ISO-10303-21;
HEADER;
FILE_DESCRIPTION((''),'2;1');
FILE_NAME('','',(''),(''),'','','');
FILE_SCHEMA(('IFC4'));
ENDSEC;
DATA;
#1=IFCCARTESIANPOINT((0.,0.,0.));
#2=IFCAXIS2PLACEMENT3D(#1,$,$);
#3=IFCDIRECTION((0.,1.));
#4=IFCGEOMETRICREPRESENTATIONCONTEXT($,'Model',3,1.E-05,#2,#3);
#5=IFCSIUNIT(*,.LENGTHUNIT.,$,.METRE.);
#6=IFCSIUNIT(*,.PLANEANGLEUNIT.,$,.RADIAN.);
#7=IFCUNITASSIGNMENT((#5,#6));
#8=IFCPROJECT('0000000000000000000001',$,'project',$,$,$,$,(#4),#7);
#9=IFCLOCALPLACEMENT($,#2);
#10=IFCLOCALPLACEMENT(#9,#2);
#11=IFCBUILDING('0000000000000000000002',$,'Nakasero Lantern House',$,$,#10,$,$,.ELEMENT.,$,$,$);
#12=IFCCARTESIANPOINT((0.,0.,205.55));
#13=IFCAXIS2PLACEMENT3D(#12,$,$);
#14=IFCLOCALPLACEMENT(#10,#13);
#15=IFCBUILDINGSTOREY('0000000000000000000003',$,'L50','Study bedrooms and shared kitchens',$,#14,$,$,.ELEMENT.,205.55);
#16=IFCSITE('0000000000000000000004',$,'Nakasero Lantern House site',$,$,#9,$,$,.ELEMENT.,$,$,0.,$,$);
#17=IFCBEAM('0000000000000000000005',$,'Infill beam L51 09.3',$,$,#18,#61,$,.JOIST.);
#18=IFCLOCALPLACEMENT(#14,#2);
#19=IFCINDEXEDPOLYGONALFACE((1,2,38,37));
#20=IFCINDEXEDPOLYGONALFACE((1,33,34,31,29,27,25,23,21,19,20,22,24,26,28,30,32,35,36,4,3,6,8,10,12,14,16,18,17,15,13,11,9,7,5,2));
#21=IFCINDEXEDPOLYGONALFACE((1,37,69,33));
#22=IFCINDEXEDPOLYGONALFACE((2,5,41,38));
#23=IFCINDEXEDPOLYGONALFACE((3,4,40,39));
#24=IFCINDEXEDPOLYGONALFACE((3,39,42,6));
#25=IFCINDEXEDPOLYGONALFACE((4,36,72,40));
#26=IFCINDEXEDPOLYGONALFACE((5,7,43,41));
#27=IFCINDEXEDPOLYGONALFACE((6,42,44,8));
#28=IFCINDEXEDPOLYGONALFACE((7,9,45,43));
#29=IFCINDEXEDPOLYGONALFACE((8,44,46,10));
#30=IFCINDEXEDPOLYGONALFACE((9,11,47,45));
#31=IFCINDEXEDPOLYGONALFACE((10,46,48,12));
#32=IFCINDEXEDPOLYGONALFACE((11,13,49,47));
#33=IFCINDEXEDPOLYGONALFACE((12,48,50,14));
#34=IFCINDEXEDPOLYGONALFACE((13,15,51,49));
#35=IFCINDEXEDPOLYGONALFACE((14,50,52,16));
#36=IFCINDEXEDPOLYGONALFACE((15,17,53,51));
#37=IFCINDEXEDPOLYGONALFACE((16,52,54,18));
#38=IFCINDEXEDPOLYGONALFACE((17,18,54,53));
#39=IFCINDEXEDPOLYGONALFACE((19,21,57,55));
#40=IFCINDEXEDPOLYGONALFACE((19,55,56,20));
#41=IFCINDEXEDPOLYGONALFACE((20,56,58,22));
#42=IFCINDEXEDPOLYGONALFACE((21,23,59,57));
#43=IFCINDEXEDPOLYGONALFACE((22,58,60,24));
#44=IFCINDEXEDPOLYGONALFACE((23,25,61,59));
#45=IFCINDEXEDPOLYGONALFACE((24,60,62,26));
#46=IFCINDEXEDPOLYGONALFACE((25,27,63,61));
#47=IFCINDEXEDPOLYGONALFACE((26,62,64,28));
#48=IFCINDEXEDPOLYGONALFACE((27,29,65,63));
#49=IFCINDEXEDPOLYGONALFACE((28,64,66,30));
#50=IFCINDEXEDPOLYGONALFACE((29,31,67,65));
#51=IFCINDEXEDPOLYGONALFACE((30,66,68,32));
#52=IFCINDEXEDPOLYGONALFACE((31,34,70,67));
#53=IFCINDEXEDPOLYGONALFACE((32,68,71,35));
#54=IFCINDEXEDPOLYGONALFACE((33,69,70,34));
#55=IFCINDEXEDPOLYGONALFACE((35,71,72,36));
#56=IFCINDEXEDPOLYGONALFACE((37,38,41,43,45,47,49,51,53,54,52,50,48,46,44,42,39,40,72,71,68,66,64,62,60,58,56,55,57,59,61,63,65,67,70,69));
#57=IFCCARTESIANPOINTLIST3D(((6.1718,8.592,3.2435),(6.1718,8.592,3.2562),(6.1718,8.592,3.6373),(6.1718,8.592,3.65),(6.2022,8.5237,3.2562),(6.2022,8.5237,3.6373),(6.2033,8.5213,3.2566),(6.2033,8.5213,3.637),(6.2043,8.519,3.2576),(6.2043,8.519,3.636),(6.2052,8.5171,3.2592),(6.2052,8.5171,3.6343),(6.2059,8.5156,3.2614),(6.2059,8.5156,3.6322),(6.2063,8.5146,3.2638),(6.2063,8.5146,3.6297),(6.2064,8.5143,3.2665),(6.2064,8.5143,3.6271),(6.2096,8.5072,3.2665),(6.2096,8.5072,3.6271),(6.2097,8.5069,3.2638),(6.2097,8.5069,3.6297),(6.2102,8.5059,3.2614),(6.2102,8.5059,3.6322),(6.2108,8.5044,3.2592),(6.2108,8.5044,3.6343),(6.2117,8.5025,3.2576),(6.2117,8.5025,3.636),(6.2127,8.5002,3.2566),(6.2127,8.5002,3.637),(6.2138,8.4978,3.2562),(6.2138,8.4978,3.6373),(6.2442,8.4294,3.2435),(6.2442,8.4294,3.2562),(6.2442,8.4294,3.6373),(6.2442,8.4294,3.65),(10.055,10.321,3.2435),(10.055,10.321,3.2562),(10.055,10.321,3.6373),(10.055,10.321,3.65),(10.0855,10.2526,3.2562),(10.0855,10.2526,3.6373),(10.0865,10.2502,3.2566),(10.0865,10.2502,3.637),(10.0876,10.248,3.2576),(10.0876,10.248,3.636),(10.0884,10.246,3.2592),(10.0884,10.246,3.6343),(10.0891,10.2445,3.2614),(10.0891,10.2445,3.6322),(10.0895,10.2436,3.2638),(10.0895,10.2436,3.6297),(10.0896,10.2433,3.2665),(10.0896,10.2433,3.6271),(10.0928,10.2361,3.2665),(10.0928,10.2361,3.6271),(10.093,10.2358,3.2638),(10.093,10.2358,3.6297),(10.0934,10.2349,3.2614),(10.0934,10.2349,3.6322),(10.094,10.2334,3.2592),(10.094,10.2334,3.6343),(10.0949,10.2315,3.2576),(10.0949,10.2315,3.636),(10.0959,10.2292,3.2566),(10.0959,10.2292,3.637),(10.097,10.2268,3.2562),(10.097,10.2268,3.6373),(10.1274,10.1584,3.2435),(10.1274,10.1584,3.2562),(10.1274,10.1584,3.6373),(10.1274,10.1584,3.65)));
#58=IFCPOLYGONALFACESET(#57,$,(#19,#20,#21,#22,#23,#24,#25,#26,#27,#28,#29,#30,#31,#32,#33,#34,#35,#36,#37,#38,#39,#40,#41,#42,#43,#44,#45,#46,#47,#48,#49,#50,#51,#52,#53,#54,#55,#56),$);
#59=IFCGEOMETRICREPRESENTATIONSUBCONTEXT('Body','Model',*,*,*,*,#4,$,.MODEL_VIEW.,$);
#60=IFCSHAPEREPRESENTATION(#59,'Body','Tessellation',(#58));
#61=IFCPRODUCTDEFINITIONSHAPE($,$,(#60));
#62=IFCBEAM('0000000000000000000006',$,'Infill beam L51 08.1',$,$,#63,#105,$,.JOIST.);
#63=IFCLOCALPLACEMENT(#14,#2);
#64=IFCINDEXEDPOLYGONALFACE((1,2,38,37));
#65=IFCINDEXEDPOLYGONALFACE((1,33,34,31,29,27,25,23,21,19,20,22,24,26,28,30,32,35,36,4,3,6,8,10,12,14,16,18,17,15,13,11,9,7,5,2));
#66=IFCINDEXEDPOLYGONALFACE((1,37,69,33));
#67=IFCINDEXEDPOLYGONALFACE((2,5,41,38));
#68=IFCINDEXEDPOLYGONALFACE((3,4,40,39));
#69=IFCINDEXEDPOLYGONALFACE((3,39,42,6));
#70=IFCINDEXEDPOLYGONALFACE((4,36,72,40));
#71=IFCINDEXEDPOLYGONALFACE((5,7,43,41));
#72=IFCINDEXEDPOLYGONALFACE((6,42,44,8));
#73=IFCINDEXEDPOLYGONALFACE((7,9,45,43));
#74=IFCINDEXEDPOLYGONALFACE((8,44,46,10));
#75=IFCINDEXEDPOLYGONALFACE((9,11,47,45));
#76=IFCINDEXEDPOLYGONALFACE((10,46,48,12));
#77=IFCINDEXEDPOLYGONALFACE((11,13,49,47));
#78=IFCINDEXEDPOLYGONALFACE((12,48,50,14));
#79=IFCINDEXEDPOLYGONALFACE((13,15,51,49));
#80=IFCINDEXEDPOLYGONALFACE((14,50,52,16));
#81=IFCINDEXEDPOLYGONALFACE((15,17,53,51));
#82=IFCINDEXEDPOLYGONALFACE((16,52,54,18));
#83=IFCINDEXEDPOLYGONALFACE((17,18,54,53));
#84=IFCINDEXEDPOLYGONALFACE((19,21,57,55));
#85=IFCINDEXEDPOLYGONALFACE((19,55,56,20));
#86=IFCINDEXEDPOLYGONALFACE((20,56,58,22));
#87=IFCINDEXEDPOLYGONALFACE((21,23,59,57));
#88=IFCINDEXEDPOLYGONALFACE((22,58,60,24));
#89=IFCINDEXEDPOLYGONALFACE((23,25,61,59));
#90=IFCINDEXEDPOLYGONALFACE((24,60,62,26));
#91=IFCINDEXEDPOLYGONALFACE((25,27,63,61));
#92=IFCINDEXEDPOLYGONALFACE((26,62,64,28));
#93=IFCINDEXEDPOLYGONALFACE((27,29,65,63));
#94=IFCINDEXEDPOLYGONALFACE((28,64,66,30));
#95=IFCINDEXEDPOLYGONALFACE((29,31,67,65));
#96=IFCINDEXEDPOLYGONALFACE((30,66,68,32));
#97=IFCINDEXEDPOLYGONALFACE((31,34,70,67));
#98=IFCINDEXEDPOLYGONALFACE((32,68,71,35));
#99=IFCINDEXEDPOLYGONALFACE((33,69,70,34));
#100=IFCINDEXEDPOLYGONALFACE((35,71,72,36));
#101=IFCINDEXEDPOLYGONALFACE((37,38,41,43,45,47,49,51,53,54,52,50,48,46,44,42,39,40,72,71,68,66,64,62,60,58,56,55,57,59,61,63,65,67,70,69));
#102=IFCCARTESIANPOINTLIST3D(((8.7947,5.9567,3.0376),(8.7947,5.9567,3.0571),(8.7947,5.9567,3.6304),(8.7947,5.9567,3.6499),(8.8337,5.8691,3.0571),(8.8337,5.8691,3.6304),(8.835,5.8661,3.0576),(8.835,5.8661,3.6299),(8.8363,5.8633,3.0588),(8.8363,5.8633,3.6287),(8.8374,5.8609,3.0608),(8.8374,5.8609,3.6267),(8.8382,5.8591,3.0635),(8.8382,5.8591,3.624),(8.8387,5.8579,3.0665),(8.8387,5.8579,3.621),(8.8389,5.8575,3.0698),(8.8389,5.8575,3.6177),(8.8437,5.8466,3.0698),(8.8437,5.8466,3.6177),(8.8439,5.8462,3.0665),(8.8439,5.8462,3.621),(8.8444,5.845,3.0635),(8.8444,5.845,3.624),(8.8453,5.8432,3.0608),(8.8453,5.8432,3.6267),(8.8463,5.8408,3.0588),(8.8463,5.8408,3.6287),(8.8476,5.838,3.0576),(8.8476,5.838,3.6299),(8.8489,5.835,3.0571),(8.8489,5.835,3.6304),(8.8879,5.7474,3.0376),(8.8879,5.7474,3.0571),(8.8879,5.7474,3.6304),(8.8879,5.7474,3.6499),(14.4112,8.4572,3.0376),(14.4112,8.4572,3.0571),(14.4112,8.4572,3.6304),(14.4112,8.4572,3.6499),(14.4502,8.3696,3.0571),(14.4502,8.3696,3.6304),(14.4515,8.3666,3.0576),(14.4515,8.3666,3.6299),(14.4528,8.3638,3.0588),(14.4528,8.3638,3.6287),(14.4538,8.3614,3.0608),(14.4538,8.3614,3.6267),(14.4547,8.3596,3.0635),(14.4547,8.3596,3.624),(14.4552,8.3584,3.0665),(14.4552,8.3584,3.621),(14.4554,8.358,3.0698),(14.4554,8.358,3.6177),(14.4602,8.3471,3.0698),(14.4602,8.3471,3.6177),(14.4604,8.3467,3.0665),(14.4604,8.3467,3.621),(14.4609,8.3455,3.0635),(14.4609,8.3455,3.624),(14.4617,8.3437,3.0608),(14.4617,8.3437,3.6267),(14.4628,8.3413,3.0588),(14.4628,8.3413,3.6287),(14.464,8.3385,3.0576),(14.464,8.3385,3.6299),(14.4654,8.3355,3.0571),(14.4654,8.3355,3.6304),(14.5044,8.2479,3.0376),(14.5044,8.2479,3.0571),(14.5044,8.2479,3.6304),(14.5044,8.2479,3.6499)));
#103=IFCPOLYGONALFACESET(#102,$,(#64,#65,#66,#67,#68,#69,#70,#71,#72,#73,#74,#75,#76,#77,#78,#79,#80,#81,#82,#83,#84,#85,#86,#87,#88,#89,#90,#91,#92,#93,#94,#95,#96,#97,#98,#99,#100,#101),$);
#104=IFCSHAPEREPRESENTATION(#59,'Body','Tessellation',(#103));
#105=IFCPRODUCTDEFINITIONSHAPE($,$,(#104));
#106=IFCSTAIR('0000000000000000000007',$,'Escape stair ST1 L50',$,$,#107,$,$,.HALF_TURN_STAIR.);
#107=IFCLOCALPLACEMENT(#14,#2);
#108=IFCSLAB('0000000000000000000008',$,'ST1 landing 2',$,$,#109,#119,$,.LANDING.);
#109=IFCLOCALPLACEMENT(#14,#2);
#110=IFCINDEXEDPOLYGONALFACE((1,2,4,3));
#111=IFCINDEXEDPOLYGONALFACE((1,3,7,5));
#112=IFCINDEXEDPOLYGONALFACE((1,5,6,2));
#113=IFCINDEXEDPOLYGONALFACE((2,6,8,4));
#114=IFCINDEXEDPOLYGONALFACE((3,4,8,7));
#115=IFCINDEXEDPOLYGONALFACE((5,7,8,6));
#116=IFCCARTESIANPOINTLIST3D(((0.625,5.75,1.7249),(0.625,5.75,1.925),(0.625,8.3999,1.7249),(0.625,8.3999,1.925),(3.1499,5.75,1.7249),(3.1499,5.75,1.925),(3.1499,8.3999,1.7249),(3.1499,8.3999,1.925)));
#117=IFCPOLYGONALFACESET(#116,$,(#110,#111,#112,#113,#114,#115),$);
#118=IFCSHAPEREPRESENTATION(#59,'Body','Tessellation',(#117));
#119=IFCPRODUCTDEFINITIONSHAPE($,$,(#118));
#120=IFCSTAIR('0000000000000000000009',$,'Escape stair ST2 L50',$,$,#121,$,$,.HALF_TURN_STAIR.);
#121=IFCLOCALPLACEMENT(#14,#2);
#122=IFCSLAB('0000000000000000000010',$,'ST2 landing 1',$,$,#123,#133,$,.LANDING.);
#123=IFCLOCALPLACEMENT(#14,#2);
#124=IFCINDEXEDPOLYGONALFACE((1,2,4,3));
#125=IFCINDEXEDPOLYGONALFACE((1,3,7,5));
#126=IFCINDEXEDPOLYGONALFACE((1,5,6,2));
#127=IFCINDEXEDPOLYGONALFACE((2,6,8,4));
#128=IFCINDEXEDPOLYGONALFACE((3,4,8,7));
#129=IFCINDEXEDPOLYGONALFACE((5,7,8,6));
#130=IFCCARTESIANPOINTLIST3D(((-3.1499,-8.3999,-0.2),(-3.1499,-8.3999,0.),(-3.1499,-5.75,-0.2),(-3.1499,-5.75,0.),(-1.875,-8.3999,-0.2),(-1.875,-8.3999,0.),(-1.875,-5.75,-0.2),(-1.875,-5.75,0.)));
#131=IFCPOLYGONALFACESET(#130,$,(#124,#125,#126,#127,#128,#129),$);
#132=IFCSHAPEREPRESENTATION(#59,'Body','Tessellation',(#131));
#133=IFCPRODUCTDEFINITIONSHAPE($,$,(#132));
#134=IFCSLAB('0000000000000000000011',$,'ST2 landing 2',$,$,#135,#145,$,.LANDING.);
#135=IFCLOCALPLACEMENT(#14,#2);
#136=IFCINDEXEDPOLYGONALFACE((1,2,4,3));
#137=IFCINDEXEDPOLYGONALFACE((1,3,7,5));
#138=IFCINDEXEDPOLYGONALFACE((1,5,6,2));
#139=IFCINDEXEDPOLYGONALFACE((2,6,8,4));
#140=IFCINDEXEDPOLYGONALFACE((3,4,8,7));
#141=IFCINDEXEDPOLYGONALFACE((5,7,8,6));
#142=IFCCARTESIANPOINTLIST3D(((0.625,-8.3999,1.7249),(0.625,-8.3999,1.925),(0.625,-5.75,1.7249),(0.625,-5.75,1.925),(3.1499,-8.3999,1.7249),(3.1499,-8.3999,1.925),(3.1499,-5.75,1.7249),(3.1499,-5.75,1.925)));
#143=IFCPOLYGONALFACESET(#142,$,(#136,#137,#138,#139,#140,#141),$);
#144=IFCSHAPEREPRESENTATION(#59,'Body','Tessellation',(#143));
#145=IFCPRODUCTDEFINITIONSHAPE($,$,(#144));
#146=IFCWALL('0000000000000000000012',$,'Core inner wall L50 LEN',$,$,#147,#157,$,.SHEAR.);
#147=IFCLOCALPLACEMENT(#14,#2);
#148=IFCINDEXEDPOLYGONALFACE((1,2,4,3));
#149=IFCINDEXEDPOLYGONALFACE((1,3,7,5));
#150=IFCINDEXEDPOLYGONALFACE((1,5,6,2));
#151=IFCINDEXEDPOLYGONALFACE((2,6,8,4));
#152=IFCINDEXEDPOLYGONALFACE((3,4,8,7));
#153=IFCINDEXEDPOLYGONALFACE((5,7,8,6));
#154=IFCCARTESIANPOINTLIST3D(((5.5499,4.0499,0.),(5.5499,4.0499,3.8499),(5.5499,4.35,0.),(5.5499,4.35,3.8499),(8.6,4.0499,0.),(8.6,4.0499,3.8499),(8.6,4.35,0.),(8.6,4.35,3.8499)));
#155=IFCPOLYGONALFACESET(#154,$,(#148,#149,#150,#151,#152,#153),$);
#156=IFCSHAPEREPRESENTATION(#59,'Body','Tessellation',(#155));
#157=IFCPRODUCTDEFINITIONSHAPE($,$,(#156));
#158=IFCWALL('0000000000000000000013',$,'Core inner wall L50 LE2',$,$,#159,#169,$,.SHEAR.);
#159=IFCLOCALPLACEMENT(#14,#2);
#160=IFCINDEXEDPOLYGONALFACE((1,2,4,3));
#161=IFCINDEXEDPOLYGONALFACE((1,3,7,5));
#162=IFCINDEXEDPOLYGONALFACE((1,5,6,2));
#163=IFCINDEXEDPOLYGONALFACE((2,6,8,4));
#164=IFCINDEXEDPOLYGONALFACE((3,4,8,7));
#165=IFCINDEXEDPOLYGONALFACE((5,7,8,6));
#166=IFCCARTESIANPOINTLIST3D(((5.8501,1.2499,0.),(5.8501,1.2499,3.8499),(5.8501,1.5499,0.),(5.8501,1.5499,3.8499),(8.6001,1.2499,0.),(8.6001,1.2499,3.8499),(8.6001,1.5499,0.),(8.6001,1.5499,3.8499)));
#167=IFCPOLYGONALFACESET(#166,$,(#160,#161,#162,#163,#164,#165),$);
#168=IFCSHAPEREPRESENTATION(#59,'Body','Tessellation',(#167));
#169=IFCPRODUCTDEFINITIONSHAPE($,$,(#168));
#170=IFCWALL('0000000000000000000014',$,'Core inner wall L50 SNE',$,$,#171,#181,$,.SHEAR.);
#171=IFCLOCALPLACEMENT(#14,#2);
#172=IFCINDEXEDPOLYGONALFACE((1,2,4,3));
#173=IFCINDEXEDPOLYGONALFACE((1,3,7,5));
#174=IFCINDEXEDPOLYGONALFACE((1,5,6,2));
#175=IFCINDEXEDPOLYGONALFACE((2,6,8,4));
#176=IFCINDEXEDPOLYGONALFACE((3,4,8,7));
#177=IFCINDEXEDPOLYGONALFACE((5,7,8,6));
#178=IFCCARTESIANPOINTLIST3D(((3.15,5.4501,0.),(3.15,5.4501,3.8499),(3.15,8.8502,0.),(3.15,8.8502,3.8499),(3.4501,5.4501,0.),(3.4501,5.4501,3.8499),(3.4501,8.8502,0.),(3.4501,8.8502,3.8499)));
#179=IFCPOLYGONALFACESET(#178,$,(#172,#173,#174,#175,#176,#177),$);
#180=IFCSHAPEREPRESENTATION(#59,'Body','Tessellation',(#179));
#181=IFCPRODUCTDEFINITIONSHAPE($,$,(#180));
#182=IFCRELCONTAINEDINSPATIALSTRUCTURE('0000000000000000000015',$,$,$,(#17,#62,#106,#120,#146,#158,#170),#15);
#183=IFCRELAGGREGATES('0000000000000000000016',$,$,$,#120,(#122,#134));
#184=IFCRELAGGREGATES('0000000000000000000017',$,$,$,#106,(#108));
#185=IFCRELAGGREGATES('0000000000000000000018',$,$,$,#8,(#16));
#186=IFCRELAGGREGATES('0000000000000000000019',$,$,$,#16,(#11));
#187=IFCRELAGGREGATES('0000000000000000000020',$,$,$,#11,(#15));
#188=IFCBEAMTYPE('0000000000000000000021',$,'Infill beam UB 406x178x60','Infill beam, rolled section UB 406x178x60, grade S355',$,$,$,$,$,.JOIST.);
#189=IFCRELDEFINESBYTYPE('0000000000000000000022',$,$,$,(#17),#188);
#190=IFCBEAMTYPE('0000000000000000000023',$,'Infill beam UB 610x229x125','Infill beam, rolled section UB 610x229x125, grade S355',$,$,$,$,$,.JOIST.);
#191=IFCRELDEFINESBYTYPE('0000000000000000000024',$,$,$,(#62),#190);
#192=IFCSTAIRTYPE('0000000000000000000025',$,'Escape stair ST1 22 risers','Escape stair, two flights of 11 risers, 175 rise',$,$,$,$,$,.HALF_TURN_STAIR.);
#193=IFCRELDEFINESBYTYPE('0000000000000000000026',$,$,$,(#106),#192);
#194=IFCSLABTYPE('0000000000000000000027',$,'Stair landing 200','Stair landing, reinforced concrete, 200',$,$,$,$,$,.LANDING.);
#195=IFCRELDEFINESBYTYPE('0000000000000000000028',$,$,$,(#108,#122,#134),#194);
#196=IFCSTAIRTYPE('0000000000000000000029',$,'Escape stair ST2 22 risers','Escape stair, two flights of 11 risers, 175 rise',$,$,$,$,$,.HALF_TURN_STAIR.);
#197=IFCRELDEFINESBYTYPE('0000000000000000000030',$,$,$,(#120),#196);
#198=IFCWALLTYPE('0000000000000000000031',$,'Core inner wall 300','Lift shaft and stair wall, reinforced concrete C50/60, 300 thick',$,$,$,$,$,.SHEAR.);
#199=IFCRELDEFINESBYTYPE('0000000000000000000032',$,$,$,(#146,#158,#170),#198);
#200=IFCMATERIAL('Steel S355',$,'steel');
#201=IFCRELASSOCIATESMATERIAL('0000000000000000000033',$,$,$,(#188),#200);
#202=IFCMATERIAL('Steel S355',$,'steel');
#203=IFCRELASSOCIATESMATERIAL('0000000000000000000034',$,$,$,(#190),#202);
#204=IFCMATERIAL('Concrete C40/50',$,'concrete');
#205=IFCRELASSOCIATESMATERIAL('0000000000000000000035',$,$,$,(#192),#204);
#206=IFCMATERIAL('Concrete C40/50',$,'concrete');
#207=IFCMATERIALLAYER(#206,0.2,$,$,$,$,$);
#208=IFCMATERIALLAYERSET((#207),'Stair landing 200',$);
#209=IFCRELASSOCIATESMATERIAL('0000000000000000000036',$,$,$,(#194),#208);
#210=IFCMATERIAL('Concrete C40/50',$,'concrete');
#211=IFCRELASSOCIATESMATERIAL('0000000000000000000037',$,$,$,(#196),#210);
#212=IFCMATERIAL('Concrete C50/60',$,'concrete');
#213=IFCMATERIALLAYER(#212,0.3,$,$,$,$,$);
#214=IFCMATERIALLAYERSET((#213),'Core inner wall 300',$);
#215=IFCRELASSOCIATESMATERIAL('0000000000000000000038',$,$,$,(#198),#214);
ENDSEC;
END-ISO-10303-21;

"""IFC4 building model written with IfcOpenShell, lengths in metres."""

from ifc_helpers import new_model, si_unit, direction, frame, frame_2d, origin, origin_2d, place, context, subcontext, project, spatial, polyline, rectangle, i_section, outline, extrude, material, layer, layer_set, material_profile, profile_set, type_object, element, aggregate, save


model = new_model("IFC4")

# Units and contexts
model_context = context("Model", 3, precision=1e-05, world=origin(), true_north=direction((0.0, 1.0)))
body_context = subcontext(model_context, "Body", "Model", "MODEL_VIEW")
ifc_project = project(units=[si_unit("LENGTHUNIT", "METRE"), si_unit("PLANEANGLEUNIT", "RADIAN")], contexts=[model_context])

# Site, building, storey
site_placement = place(None, origin())
site = spatial("IfcSite", under=ifc_project, at=site_placement, Name="Nakasero Lantern House site", CompositionType="ELEMENT", RefElevation=0.0)
building_placement = place(site_placement, origin())
building = spatial("IfcBuilding", under=site, at=building_placement, Name="Nakasero Lantern House", CompositionType="ELEMENT")
storey_placement = place(building_placement, frame((0.0, 0.0, 205.55)))
storey = spatial("IfcBuildingStorey", under=building, at=storey_placement, Name="L50", Description="Study bedrooms and shared kitchens", CompositionType="ELEMENT", Elevation=205.55)

# Beams
ifc_material_1 = material(Name="Steel S355", Category="steel")
ifc_material_profile_1 = material_profile(ifc_material_1, i_section(OverallWidth=0.178, OverallDepth=0.4065, WebThickness=0.0078, FlangeThickness=0.0127, FilletRadius=0.0103, at=origin_2d()), Name="UB 406x178x60")
ifc_profile_set_1 = profile_set([ifc_material_profile_1], Name="Steel S355")
beam_type_1 = type_object("IfcBeamType", Name="Infill beam UB 406x178x60", Description="Infill beam, rolled section UB 406x178x60, grade S355", PredefinedType="JOIST", material=ifc_profile_set_1)
beam_1_placement = place(storey_placement, frame((6.208, 8.5107, 3.4468), z_axis=(0.913541, 0.406746, 0.0), x_axis=(-0.406746, 0.913541, 0.0)))
element("IfcBeam", 1, at=beam_1_placement, inside=storey, type_object=beam_type_1, Name="Infill beam L51 09.3", PredefinedType="JOIST", context=body_context, shape_type="SweptSolid", body=[
    extrude(i_section(OverallWidth=0.178, OverallDepth=0.4065, WebThickness=0.0078, FlangeThickness=0.0127, FilletRadius=0.0103, at=origin_2d()), origin(), (0.0, 0.0, 1.0), 4.2507),
])
ifc_material_2 = material(Name="Steel S355", Category="steel")
ifc_material_profile_2 = material_profile(ifc_material_2, i_section(OverallWidth=0.229, OverallDepth=0.6123, WebThickness=0.012, FlangeThickness=0.0195, FilletRadius=0.0127, at=origin_2d()), Name="UB 610x229x125")
ifc_profile_set_2 = profile_set([ifc_material_profile_2], Name="Steel S355")
beam_type_2 = type_object("IfcBeamType", Name="Infill beam UB 610x229x125", Description="Infill beam, rolled section UB 610x229x125, grade S355", PredefinedType="JOIST", material=ifc_profile_set_2)
beam_2_placement = place(storey_placement, frame((8.8413, 5.8521, 3.3438), z_axis=(0.913553, 0.406721, 0.0), x_axis=(-0.406721, 0.913553, 0.0)))
element("IfcBeam", 2, at=beam_2_placement, inside=storey, type_object=beam_type_2, Name="Infill beam L51 08.1", PredefinedType="JOIST", context=body_context, shape_type="SweptSolid", body=[
    extrude(i_section(OverallWidth=0.229, OverallDepth=0.6123, WebThickness=0.012, FlangeThickness=0.0195, FilletRadius=0.0127, at=origin_2d()), origin(), (0.0, 0.0, 1.0), 6.1479),
])

# Stair, slab
ifc_material_3 = material(Name="Concrete C40/50", Category="concrete")
stair_type_1 = type_object("IfcStairType", Name="Escape stair ST1 22 risers", Description="Escape stair, two flights of 11 risers, 175 rise", PredefinedType="HALF_TURN_STAIR", material=ifc_material_3)
stair_1_placement = place(storey_placement, origin())
stair_1 = element("IfcStair", 3, at=stair_1_placement, inside=storey, type_object=stair_type_1, Name="Escape stair ST1 L50", PredefinedType="HALF_TURN_STAIR")
ifc_material_4 = material(Name="Concrete C40/50", Category="concrete")
ifc_layer_1 = layer(ifc_material_4, 0.2)
ifc_layer_set_1 = layer_set([ifc_layer_1], Name="Stair landing 200")
slab_type = type_object("IfcSlabType", Name="Stair landing 200", Description="Stair landing, reinforced concrete, 200", PredefinedType="LANDING", material=ifc_layer_set_1)
slab_1_placement = place(storey_placement, frame((0.0, 0.0, 1.7249)))
slab_1 = element("IfcSlab", 4, at=slab_1_placement, type_object=slab_type, Name="ST1 landing 2", PredefinedType="LANDING", context=body_context, shape_type="SweptSolid", body=[
    extrude(outline(polyline([(0.625, 5.75), (3.1499, 5.75), (3.1499, 8.3999), (0.625, 8.3999), (0.625, 5.75)])), origin(), (0.0, 0.0, 1.0), 0.2002),
])

# Stair, slabs
ifc_material_5 = material(Name="Concrete C40/50", Category="concrete")
stair_type_2 = type_object("IfcStairType", Name="Escape stair ST2 22 risers", Description="Escape stair, two flights of 11 risers, 175 rise", PredefinedType="HALF_TURN_STAIR", material=ifc_material_5)
stair_2_placement = place(storey_placement, origin())
stair_2 = element("IfcStair", 5, at=stair_2_placement, inside=storey, type_object=stair_type_2, Name="Escape stair ST2 L50", PredefinedType="HALF_TURN_STAIR")
slab_2_placement = place(storey_placement, frame((0.0, 0.0, -0.2)))
slab_2 = element("IfcSlab", 6, at=slab_2_placement, type_object=slab_type, Name="ST2 landing 1", PredefinedType="LANDING", context=body_context, shape_type="SweptSolid", body=[
    extrude(outline(polyline([(-3.1499, -8.3999), (-1.875, -8.3999), (-1.875, -5.75), (-3.1499, -5.75), (-3.1499, -8.3999)])), origin(), (0.0, 0.0, 1.0), 0.2),
])
slab_3_placement = place(storey_placement, frame((0.0, 0.0, 1.7249)))
slab_3 = element("IfcSlab", 7, at=slab_3_placement, type_object=slab_type, Name="ST2 landing 2", PredefinedType="LANDING", context=body_context, shape_type="SweptSolid", body=[
    extrude(outline(polyline([(0.625, -8.3999), (3.1499, -8.3999), (3.1499, -5.75), (0.625, -5.75), (0.625, -8.3999)])), origin(), (0.0, 0.0, 1.0), 0.2002),
])
aggregate(stair_2, [slab_2, slab_3])

# Walls
ifc_material_6 = material(Name="Concrete C50/60", Category="concrete")
ifc_layer_2 = layer(ifc_material_6, 0.3)
ifc_layer_set_2 = layer_set([ifc_layer_2], Name="Core inner wall 300")
wall_type_1 = type_object("IfcWallType", Name="Core inner wall 300", Description="Lift shaft and stair wall, reinforced concrete C50/60, 300 thick", PredefinedType="SHEAR", material=ifc_layer_set_2)
wall_1_placement = place(storey_placement, frame((5.55, 4.2, 0.0), z_axis=(0.0, 0.0, 1.0), x_axis=(1.0, 0.0, 0.0)))
element("IfcWall", 8, at=wall_1_placement, inside=storey, type_object=wall_type_1, Name="Core inner wall L50 LEN", PredefinedType="SHEAR", context=body_context, shape_type="SweptSolid", body=[
    extrude(rectangle(XDim=3.05, YDim=0.3, at=frame_2d((1.5249, 0.0))), origin(), (0.0, 0.0, 1.0), 3.8499),
])
wall_2_placement = place(storey_placement, frame((5.8501, 1.3999, 0.0), z_axis=(0.0, 0.0, 1.0), x_axis=(1.0, 0.0, 0.0)))
element("IfcWall", 9, at=wall_2_placement, inside=storey, type_object=wall_type_1, Name="Core inner wall L50 LE2", PredefinedType="SHEAR", context=body_context, shape_type="SweptSolid", body=[
    extrude(rectangle(XDim=2.75, YDim=0.3, at=frame_2d((1.375, 0.0))), origin(), (0.0, 0.0, 1.0), 3.8499),
])
wall_3_placement = place(storey_placement, frame((3.3, 5.45, 0.0), z_axis=(0.0, 0.0, 1.0), x_axis=(0.0, 1.0, 0.0)))
element("IfcWall", 10, at=wall_3_placement, inside=storey, type_object=wall_type_1, Name="Core inner wall L50 SNE", PredefinedType="SHEAR", context=body_context, shape_type="SweptSolid", body=[
    extrude(rectangle(XDim=3.4001, YDim=0.3, at=frame_2d((1.7002, 0.0))), origin(), (0.0, 0.0, 1.0), 3.8499),
])

aggregate(stair_1, [slab_1])

save(model, "model.ifc")
